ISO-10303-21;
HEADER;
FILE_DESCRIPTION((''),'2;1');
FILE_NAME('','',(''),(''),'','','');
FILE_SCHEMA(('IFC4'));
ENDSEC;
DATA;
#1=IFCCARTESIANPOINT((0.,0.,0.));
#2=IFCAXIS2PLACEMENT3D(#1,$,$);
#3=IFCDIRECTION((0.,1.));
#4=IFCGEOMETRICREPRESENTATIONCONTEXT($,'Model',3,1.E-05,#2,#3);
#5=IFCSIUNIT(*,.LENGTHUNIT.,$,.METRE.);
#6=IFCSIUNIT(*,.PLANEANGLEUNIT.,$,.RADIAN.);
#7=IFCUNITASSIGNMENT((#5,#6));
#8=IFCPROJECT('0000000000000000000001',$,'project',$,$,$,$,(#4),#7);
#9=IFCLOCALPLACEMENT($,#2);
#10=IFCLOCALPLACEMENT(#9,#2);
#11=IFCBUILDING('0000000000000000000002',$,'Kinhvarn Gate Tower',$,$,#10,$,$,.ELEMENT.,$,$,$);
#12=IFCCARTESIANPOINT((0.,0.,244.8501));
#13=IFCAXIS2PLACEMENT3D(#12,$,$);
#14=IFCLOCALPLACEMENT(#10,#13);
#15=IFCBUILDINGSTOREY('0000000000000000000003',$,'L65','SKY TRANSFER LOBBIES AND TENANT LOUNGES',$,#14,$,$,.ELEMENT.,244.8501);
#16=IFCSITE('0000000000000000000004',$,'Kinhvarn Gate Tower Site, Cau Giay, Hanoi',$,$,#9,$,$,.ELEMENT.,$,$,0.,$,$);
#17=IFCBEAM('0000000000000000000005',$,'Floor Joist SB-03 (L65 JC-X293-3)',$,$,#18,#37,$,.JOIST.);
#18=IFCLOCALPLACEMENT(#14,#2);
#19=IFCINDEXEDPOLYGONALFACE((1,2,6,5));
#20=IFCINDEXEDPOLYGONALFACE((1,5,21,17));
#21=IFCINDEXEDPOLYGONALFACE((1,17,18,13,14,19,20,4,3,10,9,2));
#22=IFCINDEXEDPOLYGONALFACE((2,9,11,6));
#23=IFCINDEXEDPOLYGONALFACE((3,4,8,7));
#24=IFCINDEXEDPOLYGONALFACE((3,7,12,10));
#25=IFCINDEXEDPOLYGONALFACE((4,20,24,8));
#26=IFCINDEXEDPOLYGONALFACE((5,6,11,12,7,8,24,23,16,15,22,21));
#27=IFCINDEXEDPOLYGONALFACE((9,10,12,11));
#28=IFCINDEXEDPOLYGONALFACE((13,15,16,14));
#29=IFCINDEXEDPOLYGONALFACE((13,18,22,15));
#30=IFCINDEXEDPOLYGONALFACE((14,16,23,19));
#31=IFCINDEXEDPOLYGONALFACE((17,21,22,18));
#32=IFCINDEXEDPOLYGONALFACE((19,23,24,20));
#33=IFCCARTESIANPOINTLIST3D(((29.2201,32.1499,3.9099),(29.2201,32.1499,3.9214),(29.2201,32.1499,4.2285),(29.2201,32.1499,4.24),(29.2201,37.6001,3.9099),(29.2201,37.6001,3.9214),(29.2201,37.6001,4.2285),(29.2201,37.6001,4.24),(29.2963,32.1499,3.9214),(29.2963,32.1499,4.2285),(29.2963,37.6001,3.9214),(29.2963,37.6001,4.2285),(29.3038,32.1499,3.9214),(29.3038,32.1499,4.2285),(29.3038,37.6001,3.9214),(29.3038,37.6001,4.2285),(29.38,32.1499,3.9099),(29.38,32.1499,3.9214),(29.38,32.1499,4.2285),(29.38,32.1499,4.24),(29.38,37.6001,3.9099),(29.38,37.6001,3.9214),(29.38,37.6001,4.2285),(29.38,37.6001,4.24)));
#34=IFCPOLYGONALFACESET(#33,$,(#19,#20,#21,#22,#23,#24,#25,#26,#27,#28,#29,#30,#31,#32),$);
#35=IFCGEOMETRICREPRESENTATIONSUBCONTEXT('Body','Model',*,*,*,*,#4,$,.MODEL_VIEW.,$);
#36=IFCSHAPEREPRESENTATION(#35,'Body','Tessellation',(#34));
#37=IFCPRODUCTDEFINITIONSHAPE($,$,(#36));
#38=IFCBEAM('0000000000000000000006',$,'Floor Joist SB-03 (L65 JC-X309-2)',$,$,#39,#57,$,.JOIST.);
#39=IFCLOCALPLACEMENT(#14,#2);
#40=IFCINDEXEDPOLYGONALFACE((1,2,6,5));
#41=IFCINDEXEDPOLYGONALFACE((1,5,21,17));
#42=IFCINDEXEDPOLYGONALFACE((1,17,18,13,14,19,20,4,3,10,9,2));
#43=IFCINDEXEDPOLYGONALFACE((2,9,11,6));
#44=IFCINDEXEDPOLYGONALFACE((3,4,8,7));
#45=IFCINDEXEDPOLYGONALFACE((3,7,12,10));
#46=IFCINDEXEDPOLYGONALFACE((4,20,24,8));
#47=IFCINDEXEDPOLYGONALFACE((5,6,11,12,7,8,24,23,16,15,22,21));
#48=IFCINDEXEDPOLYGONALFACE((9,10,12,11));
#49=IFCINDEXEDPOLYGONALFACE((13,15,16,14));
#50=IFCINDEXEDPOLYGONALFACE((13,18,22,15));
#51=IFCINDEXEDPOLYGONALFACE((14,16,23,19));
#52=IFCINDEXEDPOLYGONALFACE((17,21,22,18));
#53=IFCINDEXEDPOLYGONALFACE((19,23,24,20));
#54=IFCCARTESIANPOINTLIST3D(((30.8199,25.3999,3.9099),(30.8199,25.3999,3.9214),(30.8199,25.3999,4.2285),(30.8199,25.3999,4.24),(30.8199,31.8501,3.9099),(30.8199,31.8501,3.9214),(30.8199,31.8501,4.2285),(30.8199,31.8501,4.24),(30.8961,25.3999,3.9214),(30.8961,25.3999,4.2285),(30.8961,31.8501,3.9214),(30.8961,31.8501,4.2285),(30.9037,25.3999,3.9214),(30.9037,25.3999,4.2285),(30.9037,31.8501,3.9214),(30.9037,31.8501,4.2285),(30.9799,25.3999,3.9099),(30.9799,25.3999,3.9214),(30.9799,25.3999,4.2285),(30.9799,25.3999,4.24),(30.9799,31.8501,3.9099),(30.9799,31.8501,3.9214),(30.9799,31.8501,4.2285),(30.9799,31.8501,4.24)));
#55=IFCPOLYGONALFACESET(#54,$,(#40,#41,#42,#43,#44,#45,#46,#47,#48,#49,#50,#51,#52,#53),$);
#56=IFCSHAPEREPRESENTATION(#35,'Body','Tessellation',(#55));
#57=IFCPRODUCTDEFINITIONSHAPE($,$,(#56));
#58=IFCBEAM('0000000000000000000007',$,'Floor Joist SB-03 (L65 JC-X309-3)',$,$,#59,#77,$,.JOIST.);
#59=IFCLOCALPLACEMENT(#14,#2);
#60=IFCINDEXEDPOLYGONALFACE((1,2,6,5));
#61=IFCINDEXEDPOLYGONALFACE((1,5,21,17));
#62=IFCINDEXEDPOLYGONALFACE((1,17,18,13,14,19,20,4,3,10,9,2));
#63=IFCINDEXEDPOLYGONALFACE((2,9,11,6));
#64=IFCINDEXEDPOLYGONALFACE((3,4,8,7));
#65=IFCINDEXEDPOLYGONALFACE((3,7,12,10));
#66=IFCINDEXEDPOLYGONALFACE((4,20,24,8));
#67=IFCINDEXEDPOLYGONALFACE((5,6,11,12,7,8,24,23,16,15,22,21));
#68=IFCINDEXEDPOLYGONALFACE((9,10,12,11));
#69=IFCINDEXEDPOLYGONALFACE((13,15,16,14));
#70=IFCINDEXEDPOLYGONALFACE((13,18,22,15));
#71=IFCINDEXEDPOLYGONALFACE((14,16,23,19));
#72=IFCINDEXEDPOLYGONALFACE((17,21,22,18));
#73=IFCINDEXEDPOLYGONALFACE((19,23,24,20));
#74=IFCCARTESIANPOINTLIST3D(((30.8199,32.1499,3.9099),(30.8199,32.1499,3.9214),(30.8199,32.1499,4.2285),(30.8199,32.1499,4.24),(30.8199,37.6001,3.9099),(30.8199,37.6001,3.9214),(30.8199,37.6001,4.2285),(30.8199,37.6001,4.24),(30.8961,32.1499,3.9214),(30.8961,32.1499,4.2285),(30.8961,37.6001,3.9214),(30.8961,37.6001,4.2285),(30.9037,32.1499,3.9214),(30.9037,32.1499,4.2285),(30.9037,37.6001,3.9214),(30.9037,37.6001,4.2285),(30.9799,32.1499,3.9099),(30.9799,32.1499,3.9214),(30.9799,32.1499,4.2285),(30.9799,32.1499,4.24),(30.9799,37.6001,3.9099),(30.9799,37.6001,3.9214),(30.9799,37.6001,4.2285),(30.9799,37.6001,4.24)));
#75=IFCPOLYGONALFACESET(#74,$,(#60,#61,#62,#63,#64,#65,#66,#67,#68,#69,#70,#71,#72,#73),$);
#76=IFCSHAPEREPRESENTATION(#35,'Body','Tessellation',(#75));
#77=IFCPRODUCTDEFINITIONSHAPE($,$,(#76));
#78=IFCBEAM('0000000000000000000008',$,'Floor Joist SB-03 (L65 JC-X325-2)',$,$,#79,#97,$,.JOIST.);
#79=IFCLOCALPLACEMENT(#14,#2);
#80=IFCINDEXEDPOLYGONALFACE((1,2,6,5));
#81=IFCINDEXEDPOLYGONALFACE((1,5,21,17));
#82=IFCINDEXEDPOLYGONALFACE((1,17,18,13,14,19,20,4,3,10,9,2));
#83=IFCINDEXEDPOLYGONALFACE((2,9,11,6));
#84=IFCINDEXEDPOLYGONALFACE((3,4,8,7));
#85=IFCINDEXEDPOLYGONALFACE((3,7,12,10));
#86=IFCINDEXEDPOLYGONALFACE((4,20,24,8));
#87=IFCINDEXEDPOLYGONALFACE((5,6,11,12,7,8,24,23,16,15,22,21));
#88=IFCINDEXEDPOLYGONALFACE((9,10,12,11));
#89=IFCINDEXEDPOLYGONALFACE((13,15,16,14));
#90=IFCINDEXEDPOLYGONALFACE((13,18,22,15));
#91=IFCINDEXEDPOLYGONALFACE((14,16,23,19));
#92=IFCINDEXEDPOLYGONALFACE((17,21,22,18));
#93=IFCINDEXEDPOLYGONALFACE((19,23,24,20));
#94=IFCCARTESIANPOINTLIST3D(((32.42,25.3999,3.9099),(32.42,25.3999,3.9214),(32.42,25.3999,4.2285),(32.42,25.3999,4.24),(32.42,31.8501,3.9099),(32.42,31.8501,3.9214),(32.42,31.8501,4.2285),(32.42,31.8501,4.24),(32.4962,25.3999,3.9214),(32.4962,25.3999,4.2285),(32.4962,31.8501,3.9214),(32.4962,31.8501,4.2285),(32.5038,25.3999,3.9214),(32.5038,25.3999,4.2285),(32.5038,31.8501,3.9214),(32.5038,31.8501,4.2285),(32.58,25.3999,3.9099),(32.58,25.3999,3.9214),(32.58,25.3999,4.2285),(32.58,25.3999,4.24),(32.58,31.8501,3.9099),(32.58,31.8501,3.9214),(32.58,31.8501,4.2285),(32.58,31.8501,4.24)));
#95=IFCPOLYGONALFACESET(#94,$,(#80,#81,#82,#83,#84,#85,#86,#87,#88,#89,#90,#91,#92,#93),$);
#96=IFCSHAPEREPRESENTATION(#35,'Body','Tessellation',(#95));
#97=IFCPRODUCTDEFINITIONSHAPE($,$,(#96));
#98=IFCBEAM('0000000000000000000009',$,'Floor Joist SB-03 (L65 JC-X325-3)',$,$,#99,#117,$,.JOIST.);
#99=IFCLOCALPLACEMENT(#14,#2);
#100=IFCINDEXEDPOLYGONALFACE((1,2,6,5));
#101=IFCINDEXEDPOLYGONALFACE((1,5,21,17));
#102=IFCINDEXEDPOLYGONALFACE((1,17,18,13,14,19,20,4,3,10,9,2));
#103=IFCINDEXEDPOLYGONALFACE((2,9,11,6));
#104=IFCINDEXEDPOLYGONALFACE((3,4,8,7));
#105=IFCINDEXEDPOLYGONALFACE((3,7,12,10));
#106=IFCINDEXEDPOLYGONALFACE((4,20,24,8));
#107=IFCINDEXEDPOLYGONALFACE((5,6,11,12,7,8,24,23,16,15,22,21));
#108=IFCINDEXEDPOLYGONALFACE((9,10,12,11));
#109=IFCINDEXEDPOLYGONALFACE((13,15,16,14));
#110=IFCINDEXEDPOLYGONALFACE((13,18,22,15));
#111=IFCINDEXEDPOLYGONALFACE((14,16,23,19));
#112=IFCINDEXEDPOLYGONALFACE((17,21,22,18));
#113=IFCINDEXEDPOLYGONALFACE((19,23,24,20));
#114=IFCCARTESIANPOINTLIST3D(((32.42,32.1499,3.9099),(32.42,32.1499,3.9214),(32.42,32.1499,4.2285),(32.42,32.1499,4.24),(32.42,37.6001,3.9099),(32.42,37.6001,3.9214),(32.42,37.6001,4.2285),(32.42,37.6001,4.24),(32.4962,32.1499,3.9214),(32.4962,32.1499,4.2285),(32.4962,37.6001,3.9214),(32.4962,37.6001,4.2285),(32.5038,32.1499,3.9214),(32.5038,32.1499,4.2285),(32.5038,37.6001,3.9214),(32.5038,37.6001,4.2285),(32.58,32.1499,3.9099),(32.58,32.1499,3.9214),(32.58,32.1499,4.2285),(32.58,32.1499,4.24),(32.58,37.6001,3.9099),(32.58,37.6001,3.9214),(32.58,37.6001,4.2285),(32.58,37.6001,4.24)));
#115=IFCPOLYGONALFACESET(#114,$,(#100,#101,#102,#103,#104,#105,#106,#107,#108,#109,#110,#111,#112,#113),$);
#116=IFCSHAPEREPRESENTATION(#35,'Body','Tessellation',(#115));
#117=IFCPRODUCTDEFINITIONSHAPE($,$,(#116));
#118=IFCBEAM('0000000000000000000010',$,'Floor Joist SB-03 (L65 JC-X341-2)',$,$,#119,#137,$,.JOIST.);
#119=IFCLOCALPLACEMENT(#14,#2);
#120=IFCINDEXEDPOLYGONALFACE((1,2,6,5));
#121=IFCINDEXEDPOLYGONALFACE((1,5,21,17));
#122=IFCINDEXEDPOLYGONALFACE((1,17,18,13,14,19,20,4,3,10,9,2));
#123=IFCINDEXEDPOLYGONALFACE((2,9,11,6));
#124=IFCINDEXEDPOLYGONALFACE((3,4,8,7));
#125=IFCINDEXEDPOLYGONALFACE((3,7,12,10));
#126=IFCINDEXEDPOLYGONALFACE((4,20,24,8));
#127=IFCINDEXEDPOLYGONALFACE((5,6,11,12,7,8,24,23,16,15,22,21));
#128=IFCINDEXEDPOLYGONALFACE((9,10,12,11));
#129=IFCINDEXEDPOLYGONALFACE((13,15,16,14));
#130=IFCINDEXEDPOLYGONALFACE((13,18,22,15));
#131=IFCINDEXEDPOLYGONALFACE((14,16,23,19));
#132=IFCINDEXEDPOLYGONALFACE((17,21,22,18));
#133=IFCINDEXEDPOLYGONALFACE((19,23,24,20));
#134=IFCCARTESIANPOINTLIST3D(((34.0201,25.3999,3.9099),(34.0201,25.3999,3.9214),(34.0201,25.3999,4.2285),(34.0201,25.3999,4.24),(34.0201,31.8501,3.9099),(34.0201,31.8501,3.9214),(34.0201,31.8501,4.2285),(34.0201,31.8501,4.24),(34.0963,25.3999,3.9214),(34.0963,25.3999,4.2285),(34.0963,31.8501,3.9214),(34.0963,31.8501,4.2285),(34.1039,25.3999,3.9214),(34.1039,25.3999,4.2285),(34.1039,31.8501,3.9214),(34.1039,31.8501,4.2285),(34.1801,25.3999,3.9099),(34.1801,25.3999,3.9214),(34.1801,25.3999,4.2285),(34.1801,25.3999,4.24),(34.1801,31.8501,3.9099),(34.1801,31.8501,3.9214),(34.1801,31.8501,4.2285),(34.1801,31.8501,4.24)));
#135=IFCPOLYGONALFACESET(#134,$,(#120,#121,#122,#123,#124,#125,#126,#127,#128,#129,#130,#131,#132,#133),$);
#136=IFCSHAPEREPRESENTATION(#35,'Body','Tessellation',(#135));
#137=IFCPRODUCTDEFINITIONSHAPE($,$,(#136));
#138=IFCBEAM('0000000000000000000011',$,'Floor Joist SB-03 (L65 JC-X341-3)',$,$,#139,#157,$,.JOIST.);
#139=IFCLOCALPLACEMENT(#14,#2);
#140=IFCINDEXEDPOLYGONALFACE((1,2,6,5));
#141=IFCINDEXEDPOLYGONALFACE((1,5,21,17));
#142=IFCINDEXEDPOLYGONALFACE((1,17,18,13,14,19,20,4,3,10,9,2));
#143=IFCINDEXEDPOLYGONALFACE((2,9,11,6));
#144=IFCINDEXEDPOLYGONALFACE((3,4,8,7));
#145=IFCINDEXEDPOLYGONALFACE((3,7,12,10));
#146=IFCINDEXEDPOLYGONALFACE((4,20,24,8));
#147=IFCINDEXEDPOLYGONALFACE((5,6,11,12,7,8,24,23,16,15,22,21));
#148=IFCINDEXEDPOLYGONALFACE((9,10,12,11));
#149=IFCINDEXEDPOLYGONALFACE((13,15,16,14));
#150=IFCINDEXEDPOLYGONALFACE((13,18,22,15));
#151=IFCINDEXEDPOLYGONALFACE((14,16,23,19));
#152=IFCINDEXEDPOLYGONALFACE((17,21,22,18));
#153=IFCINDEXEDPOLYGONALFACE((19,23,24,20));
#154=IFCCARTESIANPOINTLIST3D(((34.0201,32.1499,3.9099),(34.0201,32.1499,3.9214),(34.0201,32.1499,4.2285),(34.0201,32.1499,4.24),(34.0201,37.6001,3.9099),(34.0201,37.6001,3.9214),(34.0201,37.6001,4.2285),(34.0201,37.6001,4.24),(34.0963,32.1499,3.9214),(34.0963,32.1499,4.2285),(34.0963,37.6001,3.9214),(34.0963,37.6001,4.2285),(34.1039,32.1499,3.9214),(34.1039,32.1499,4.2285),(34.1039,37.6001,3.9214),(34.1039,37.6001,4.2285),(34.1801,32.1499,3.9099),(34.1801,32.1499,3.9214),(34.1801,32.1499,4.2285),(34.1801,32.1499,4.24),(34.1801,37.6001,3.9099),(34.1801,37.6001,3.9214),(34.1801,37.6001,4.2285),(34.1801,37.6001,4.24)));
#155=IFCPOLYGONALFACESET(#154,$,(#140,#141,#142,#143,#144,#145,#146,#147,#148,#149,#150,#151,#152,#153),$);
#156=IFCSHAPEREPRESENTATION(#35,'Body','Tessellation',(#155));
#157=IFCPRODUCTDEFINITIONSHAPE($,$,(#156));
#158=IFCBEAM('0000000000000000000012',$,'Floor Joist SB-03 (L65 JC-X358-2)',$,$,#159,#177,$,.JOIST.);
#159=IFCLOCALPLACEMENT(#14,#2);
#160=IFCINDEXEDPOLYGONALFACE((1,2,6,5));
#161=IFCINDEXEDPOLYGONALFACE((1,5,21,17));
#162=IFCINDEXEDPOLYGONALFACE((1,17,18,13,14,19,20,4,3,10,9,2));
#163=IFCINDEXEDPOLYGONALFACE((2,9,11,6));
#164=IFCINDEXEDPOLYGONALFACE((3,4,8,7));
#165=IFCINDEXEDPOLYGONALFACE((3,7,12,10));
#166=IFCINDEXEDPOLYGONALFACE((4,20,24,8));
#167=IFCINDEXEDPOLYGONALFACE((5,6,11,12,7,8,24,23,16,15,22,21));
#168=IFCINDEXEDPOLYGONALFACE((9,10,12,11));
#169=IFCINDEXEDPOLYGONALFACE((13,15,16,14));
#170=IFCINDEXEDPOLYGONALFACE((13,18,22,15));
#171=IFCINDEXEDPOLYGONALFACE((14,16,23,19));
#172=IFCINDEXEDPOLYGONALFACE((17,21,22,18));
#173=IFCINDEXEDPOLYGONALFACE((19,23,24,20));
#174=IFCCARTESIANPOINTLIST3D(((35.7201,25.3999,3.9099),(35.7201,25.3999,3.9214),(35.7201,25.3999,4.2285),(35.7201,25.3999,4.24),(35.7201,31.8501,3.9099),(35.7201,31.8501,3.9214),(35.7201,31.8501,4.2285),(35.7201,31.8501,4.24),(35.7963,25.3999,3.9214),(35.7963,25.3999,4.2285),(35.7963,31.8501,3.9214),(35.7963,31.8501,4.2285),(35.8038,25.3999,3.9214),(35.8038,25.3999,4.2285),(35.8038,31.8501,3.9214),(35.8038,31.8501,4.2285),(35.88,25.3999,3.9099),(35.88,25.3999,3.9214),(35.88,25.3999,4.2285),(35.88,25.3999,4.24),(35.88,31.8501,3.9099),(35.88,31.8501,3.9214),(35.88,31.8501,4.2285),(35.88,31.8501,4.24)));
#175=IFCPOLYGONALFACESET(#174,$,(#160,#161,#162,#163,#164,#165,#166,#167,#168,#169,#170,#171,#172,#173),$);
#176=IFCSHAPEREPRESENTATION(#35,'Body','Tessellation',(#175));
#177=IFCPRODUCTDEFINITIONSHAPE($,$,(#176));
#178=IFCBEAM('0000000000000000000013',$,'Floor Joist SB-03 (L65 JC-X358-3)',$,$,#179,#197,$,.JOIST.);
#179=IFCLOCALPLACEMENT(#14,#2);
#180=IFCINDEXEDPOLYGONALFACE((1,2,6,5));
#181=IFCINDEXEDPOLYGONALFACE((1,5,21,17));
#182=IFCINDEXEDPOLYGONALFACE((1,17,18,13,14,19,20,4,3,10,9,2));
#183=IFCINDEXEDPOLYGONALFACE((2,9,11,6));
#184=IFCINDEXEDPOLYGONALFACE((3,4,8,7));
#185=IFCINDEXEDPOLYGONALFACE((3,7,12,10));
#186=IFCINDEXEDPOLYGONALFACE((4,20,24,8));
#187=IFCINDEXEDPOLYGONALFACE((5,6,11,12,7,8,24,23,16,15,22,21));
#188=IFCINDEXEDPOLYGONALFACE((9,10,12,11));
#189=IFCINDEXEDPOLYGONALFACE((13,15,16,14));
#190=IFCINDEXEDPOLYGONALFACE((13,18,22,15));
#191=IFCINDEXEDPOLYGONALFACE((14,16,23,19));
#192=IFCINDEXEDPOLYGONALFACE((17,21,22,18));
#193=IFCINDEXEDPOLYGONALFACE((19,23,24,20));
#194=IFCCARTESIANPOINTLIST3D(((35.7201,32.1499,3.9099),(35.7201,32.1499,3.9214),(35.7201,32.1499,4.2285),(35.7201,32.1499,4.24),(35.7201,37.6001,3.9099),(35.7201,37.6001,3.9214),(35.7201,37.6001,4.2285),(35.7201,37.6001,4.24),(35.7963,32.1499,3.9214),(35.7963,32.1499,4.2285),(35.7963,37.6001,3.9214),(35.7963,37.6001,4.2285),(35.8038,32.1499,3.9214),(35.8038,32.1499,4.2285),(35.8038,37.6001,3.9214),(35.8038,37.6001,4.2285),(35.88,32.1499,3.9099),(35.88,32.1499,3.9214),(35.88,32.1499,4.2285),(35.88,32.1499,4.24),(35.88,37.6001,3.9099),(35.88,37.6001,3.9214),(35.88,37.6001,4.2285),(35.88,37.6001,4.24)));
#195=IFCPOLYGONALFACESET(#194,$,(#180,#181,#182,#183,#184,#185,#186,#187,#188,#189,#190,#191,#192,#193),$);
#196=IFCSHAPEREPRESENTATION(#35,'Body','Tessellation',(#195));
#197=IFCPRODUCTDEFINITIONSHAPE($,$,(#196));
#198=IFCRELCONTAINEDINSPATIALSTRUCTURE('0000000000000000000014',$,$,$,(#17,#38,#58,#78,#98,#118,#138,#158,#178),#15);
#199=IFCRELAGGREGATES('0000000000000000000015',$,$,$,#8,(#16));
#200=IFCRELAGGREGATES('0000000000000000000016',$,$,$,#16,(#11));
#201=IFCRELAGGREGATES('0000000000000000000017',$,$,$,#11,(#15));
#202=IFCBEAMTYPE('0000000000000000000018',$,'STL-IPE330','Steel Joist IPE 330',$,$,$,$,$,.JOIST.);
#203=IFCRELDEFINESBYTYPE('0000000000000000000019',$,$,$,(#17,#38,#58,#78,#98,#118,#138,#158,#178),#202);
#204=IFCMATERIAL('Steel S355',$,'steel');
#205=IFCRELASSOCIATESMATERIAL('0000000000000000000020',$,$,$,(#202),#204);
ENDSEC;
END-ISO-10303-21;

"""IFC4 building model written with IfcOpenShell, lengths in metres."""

from ifc_helpers import new_model, si_unit, direction, frame, origin, origin_2d, place, context, subcontext, project, spatial, i_section, extrude, material, material_profile, profile_set, type_object, element, save


model = new_model("IFC4")

# Units and contexts
model_context = context("Model", 3, precision=1e-05, world=origin(), true_north=direction((0.0, 1.0)))
body_context = subcontext(model_context, "Body", "Model", "MODEL_VIEW")
ifc_project = project(units=[si_unit("LENGTHUNIT", "METRE"), si_unit("PLANEANGLEUNIT", "RADIAN")], contexts=[model_context])

# Site, building, storey
site_placement = place(None, origin())
site = spatial("IfcSite", under=ifc_project, at=site_placement, Name="Kinhvarn Gate Tower Site, Cau Giay, Hanoi", CompositionType="ELEMENT", RefElevation=0.0)
building_placement = place(site_placement, origin())
building = spatial("IfcBuilding", under=site, at=building_placement, Name="Kinhvarn Gate Tower", CompositionType="ELEMENT")
storey_placement = place(building_placement, frame((0.0, 0.0, 244.8501)))
storey = spatial("IfcBuildingStorey", under=building, at=storey_placement, Name="L65", Description="SKY TRANSFER LOBBIES AND TENANT LOUNGES", CompositionType="ELEMENT", Elevation=244.8501)

# Beams
ifc_material_1 = material(Name="Steel S355", Category="steel")
ifc_material_profile_1 = material_profile(ifc_material_1, i_section(OverallWidth=0.1599, OverallDepth=0.3301, WebThickness=0.0076, FlangeThickness=0.0115, at=origin_2d()), Name="IPE 330")
ifc_profile_set_1 = profile_set([ifc_material_profile_1], Name="Steel S355")
beam_type = type_object("IfcBeamType", Name="STL-IPE330", Description="Steel Joist IPE 330", PredefinedType="JOIST", material=ifc_profile_set_1)
beam_1_placement = place(storey_placement, frame((29.3, 32.1499, 4.075), z_axis=(0.0, 1.0, 0.0), x_axis=(-1.0, 0.0, 0.0)))
element("IfcBeam", 1, at=beam_1_placement, inside=storey, type_object=beam_type, Name="Floor Joist SB-03 (L65 JC-X293-3)", PredefinedType="JOIST", context=body_context, shape_type="SweptSolid", body=[
    extrude(i_section(OverallWidth=0.1599, OverallDepth=0.3301, WebThickness=0.0076, FlangeThickness=0.0115, at=origin_2d()), origin(), (0.0, 0.0, 1.0), 5.4502),
])
beam_2_placement = place(storey_placement, frame((30.8999, 25.3999, 4.075), z_axis=(0.0, 1.0, 0.0), x_axis=(-1.0, 0.0, 0.0)))
element("IfcBeam", 2, at=beam_2_placement, inside=storey, type_object=beam_type, Name="Floor Joist SB-03 (L65 JC-X309-2)", PredefinedType="JOIST", context=body_context, shape_type="SweptSolid", body=[
    extrude(i_section(OverallWidth=0.1599, OverallDepth=0.3301, WebThickness=0.0076, FlangeThickness=0.0115, at=origin_2d()), origin(), (0.0, 0.0, 1.0), 6.4502),
])
beam_3_placement = place(storey_placement, frame((30.8999, 32.1499, 4.075), z_axis=(0.0, 1.0, 0.0), x_axis=(-1.0, 0.0, 0.0)))
element("IfcBeam", 3, at=beam_3_placement, inside=storey, type_object=beam_type, Name="Floor Joist SB-03 (L65 JC-X309-3)", PredefinedType="JOIST", context=body_context, shape_type="SweptSolid", body=[
    extrude(i_section(OverallWidth=0.1599, OverallDepth=0.3301, WebThickness=0.0076, FlangeThickness=0.0115, at=origin_2d()), origin(), (0.0, 0.0, 1.0), 5.4502),
])
beam_4_placement = place(storey_placement, frame((32.5, 25.3999, 4.075), z_axis=(0.0, 1.0, 0.0), x_axis=(-1.0, 0.0, 0.0)))
element("IfcBeam", 4, at=beam_4_placement, inside=storey, type_object=beam_type, Name="Floor Joist SB-03 (L65 JC-X325-2)", PredefinedType="JOIST", context=body_context, shape_type="SweptSolid", body=[
    extrude(i_section(OverallWidth=0.1599, OverallDepth=0.3301, WebThickness=0.0076, FlangeThickness=0.0115, at=origin_2d()), origin(), (0.0, 0.0, 1.0), 6.4502),
])
beam_5_placement = place(storey_placement, frame((32.5, 32.1499, 4.075), z_axis=(0.0, 1.0, 0.0), x_axis=(-1.0, 0.0, 0.0)))
element("IfcBeam", 5, at=beam_5_placement, inside=storey, type_object=beam_type, Name="Floor Joist SB-03 (L65 JC-X325-3)", PredefinedType="JOIST", context=body_context, shape_type="SweptSolid", body=[
    extrude(i_section(OverallWidth=0.1599, OverallDepth=0.3301, WebThickness=0.0076, FlangeThickness=0.0115, at=origin_2d()), origin(), (0.0, 0.0, 1.0), 5.4502),
])
beam_6_placement = place(storey_placement, frame((34.1001, 25.3999, 4.075), z_axis=(0.0, 1.0, 0.0), x_axis=(-1.0, 0.0, 0.0)))
element("IfcBeam", 6, at=beam_6_placement, inside=storey, type_object=beam_type, Name="Floor Joist SB-03 (L65 JC-X341-2)", PredefinedType="JOIST", context=body_context, shape_type="SweptSolid", body=[
    extrude(i_section(OverallWidth=0.1599, OverallDepth=0.3301, WebThickness=0.0076, FlangeThickness=0.0115, at=origin_2d()), origin(), (0.0, 0.0, 1.0), 6.4502),
])
beam_7_placement = place(storey_placement, frame((34.1001, 32.1499, 4.075), z_axis=(0.0, 1.0, 0.0), x_axis=(-1.0, 0.0, 0.0)))
element("IfcBeam", 7, at=beam_7_placement, inside=storey, type_object=beam_type, Name="Floor Joist SB-03 (L65 JC-X341-3)", PredefinedType="JOIST", context=body_context, shape_type="SweptSolid", body=[
    extrude(i_section(OverallWidth=0.1599, OverallDepth=0.3301, WebThickness=0.0076, FlangeThickness=0.0115, at=origin_2d()), origin(), (0.0, 0.0, 1.0), 5.4502),
])
beam_8_placement = place(storey_placement, frame((35.8, 25.3999, 4.075), z_axis=(0.0, 1.0, 0.0), x_axis=(-1.0, 0.0, 0.0)))
element("IfcBeam", 8, at=beam_8_placement, inside=storey, type_object=beam_type, Name="Floor Joist SB-03 (L65 JC-X358-2)", PredefinedType="JOIST", context=body_context, shape_type="SweptSolid", body=[
    extrude(i_section(OverallWidth=0.1599, OverallDepth=0.3301, WebThickness=0.0076, FlangeThickness=0.0115, at=origin_2d()), origin(), (0.0, 0.0, 1.0), 6.4502),
])
beam_9_placement = place(storey_placement, frame((35.8, 32.1499, 4.075), z_axis=(0.0, 1.0, 0.0), x_axis=(-1.0, 0.0, 0.0)))
element("IfcBeam", 9, at=beam_9_placement, inside=storey, type_object=beam_type, Name="Floor Joist SB-03 (L65 JC-X358-3)", PredefinedType="JOIST", context=body_context, shape_type="SweptSolid", body=[
    extrude(i_section(OverallWidth=0.1599, OverallDepth=0.3301, WebThickness=0.0076, FlangeThickness=0.0115, at=origin_2d()), origin(), (0.0, 0.0, 1.0), 5.4502),
])

save(model, "model.ifc")
